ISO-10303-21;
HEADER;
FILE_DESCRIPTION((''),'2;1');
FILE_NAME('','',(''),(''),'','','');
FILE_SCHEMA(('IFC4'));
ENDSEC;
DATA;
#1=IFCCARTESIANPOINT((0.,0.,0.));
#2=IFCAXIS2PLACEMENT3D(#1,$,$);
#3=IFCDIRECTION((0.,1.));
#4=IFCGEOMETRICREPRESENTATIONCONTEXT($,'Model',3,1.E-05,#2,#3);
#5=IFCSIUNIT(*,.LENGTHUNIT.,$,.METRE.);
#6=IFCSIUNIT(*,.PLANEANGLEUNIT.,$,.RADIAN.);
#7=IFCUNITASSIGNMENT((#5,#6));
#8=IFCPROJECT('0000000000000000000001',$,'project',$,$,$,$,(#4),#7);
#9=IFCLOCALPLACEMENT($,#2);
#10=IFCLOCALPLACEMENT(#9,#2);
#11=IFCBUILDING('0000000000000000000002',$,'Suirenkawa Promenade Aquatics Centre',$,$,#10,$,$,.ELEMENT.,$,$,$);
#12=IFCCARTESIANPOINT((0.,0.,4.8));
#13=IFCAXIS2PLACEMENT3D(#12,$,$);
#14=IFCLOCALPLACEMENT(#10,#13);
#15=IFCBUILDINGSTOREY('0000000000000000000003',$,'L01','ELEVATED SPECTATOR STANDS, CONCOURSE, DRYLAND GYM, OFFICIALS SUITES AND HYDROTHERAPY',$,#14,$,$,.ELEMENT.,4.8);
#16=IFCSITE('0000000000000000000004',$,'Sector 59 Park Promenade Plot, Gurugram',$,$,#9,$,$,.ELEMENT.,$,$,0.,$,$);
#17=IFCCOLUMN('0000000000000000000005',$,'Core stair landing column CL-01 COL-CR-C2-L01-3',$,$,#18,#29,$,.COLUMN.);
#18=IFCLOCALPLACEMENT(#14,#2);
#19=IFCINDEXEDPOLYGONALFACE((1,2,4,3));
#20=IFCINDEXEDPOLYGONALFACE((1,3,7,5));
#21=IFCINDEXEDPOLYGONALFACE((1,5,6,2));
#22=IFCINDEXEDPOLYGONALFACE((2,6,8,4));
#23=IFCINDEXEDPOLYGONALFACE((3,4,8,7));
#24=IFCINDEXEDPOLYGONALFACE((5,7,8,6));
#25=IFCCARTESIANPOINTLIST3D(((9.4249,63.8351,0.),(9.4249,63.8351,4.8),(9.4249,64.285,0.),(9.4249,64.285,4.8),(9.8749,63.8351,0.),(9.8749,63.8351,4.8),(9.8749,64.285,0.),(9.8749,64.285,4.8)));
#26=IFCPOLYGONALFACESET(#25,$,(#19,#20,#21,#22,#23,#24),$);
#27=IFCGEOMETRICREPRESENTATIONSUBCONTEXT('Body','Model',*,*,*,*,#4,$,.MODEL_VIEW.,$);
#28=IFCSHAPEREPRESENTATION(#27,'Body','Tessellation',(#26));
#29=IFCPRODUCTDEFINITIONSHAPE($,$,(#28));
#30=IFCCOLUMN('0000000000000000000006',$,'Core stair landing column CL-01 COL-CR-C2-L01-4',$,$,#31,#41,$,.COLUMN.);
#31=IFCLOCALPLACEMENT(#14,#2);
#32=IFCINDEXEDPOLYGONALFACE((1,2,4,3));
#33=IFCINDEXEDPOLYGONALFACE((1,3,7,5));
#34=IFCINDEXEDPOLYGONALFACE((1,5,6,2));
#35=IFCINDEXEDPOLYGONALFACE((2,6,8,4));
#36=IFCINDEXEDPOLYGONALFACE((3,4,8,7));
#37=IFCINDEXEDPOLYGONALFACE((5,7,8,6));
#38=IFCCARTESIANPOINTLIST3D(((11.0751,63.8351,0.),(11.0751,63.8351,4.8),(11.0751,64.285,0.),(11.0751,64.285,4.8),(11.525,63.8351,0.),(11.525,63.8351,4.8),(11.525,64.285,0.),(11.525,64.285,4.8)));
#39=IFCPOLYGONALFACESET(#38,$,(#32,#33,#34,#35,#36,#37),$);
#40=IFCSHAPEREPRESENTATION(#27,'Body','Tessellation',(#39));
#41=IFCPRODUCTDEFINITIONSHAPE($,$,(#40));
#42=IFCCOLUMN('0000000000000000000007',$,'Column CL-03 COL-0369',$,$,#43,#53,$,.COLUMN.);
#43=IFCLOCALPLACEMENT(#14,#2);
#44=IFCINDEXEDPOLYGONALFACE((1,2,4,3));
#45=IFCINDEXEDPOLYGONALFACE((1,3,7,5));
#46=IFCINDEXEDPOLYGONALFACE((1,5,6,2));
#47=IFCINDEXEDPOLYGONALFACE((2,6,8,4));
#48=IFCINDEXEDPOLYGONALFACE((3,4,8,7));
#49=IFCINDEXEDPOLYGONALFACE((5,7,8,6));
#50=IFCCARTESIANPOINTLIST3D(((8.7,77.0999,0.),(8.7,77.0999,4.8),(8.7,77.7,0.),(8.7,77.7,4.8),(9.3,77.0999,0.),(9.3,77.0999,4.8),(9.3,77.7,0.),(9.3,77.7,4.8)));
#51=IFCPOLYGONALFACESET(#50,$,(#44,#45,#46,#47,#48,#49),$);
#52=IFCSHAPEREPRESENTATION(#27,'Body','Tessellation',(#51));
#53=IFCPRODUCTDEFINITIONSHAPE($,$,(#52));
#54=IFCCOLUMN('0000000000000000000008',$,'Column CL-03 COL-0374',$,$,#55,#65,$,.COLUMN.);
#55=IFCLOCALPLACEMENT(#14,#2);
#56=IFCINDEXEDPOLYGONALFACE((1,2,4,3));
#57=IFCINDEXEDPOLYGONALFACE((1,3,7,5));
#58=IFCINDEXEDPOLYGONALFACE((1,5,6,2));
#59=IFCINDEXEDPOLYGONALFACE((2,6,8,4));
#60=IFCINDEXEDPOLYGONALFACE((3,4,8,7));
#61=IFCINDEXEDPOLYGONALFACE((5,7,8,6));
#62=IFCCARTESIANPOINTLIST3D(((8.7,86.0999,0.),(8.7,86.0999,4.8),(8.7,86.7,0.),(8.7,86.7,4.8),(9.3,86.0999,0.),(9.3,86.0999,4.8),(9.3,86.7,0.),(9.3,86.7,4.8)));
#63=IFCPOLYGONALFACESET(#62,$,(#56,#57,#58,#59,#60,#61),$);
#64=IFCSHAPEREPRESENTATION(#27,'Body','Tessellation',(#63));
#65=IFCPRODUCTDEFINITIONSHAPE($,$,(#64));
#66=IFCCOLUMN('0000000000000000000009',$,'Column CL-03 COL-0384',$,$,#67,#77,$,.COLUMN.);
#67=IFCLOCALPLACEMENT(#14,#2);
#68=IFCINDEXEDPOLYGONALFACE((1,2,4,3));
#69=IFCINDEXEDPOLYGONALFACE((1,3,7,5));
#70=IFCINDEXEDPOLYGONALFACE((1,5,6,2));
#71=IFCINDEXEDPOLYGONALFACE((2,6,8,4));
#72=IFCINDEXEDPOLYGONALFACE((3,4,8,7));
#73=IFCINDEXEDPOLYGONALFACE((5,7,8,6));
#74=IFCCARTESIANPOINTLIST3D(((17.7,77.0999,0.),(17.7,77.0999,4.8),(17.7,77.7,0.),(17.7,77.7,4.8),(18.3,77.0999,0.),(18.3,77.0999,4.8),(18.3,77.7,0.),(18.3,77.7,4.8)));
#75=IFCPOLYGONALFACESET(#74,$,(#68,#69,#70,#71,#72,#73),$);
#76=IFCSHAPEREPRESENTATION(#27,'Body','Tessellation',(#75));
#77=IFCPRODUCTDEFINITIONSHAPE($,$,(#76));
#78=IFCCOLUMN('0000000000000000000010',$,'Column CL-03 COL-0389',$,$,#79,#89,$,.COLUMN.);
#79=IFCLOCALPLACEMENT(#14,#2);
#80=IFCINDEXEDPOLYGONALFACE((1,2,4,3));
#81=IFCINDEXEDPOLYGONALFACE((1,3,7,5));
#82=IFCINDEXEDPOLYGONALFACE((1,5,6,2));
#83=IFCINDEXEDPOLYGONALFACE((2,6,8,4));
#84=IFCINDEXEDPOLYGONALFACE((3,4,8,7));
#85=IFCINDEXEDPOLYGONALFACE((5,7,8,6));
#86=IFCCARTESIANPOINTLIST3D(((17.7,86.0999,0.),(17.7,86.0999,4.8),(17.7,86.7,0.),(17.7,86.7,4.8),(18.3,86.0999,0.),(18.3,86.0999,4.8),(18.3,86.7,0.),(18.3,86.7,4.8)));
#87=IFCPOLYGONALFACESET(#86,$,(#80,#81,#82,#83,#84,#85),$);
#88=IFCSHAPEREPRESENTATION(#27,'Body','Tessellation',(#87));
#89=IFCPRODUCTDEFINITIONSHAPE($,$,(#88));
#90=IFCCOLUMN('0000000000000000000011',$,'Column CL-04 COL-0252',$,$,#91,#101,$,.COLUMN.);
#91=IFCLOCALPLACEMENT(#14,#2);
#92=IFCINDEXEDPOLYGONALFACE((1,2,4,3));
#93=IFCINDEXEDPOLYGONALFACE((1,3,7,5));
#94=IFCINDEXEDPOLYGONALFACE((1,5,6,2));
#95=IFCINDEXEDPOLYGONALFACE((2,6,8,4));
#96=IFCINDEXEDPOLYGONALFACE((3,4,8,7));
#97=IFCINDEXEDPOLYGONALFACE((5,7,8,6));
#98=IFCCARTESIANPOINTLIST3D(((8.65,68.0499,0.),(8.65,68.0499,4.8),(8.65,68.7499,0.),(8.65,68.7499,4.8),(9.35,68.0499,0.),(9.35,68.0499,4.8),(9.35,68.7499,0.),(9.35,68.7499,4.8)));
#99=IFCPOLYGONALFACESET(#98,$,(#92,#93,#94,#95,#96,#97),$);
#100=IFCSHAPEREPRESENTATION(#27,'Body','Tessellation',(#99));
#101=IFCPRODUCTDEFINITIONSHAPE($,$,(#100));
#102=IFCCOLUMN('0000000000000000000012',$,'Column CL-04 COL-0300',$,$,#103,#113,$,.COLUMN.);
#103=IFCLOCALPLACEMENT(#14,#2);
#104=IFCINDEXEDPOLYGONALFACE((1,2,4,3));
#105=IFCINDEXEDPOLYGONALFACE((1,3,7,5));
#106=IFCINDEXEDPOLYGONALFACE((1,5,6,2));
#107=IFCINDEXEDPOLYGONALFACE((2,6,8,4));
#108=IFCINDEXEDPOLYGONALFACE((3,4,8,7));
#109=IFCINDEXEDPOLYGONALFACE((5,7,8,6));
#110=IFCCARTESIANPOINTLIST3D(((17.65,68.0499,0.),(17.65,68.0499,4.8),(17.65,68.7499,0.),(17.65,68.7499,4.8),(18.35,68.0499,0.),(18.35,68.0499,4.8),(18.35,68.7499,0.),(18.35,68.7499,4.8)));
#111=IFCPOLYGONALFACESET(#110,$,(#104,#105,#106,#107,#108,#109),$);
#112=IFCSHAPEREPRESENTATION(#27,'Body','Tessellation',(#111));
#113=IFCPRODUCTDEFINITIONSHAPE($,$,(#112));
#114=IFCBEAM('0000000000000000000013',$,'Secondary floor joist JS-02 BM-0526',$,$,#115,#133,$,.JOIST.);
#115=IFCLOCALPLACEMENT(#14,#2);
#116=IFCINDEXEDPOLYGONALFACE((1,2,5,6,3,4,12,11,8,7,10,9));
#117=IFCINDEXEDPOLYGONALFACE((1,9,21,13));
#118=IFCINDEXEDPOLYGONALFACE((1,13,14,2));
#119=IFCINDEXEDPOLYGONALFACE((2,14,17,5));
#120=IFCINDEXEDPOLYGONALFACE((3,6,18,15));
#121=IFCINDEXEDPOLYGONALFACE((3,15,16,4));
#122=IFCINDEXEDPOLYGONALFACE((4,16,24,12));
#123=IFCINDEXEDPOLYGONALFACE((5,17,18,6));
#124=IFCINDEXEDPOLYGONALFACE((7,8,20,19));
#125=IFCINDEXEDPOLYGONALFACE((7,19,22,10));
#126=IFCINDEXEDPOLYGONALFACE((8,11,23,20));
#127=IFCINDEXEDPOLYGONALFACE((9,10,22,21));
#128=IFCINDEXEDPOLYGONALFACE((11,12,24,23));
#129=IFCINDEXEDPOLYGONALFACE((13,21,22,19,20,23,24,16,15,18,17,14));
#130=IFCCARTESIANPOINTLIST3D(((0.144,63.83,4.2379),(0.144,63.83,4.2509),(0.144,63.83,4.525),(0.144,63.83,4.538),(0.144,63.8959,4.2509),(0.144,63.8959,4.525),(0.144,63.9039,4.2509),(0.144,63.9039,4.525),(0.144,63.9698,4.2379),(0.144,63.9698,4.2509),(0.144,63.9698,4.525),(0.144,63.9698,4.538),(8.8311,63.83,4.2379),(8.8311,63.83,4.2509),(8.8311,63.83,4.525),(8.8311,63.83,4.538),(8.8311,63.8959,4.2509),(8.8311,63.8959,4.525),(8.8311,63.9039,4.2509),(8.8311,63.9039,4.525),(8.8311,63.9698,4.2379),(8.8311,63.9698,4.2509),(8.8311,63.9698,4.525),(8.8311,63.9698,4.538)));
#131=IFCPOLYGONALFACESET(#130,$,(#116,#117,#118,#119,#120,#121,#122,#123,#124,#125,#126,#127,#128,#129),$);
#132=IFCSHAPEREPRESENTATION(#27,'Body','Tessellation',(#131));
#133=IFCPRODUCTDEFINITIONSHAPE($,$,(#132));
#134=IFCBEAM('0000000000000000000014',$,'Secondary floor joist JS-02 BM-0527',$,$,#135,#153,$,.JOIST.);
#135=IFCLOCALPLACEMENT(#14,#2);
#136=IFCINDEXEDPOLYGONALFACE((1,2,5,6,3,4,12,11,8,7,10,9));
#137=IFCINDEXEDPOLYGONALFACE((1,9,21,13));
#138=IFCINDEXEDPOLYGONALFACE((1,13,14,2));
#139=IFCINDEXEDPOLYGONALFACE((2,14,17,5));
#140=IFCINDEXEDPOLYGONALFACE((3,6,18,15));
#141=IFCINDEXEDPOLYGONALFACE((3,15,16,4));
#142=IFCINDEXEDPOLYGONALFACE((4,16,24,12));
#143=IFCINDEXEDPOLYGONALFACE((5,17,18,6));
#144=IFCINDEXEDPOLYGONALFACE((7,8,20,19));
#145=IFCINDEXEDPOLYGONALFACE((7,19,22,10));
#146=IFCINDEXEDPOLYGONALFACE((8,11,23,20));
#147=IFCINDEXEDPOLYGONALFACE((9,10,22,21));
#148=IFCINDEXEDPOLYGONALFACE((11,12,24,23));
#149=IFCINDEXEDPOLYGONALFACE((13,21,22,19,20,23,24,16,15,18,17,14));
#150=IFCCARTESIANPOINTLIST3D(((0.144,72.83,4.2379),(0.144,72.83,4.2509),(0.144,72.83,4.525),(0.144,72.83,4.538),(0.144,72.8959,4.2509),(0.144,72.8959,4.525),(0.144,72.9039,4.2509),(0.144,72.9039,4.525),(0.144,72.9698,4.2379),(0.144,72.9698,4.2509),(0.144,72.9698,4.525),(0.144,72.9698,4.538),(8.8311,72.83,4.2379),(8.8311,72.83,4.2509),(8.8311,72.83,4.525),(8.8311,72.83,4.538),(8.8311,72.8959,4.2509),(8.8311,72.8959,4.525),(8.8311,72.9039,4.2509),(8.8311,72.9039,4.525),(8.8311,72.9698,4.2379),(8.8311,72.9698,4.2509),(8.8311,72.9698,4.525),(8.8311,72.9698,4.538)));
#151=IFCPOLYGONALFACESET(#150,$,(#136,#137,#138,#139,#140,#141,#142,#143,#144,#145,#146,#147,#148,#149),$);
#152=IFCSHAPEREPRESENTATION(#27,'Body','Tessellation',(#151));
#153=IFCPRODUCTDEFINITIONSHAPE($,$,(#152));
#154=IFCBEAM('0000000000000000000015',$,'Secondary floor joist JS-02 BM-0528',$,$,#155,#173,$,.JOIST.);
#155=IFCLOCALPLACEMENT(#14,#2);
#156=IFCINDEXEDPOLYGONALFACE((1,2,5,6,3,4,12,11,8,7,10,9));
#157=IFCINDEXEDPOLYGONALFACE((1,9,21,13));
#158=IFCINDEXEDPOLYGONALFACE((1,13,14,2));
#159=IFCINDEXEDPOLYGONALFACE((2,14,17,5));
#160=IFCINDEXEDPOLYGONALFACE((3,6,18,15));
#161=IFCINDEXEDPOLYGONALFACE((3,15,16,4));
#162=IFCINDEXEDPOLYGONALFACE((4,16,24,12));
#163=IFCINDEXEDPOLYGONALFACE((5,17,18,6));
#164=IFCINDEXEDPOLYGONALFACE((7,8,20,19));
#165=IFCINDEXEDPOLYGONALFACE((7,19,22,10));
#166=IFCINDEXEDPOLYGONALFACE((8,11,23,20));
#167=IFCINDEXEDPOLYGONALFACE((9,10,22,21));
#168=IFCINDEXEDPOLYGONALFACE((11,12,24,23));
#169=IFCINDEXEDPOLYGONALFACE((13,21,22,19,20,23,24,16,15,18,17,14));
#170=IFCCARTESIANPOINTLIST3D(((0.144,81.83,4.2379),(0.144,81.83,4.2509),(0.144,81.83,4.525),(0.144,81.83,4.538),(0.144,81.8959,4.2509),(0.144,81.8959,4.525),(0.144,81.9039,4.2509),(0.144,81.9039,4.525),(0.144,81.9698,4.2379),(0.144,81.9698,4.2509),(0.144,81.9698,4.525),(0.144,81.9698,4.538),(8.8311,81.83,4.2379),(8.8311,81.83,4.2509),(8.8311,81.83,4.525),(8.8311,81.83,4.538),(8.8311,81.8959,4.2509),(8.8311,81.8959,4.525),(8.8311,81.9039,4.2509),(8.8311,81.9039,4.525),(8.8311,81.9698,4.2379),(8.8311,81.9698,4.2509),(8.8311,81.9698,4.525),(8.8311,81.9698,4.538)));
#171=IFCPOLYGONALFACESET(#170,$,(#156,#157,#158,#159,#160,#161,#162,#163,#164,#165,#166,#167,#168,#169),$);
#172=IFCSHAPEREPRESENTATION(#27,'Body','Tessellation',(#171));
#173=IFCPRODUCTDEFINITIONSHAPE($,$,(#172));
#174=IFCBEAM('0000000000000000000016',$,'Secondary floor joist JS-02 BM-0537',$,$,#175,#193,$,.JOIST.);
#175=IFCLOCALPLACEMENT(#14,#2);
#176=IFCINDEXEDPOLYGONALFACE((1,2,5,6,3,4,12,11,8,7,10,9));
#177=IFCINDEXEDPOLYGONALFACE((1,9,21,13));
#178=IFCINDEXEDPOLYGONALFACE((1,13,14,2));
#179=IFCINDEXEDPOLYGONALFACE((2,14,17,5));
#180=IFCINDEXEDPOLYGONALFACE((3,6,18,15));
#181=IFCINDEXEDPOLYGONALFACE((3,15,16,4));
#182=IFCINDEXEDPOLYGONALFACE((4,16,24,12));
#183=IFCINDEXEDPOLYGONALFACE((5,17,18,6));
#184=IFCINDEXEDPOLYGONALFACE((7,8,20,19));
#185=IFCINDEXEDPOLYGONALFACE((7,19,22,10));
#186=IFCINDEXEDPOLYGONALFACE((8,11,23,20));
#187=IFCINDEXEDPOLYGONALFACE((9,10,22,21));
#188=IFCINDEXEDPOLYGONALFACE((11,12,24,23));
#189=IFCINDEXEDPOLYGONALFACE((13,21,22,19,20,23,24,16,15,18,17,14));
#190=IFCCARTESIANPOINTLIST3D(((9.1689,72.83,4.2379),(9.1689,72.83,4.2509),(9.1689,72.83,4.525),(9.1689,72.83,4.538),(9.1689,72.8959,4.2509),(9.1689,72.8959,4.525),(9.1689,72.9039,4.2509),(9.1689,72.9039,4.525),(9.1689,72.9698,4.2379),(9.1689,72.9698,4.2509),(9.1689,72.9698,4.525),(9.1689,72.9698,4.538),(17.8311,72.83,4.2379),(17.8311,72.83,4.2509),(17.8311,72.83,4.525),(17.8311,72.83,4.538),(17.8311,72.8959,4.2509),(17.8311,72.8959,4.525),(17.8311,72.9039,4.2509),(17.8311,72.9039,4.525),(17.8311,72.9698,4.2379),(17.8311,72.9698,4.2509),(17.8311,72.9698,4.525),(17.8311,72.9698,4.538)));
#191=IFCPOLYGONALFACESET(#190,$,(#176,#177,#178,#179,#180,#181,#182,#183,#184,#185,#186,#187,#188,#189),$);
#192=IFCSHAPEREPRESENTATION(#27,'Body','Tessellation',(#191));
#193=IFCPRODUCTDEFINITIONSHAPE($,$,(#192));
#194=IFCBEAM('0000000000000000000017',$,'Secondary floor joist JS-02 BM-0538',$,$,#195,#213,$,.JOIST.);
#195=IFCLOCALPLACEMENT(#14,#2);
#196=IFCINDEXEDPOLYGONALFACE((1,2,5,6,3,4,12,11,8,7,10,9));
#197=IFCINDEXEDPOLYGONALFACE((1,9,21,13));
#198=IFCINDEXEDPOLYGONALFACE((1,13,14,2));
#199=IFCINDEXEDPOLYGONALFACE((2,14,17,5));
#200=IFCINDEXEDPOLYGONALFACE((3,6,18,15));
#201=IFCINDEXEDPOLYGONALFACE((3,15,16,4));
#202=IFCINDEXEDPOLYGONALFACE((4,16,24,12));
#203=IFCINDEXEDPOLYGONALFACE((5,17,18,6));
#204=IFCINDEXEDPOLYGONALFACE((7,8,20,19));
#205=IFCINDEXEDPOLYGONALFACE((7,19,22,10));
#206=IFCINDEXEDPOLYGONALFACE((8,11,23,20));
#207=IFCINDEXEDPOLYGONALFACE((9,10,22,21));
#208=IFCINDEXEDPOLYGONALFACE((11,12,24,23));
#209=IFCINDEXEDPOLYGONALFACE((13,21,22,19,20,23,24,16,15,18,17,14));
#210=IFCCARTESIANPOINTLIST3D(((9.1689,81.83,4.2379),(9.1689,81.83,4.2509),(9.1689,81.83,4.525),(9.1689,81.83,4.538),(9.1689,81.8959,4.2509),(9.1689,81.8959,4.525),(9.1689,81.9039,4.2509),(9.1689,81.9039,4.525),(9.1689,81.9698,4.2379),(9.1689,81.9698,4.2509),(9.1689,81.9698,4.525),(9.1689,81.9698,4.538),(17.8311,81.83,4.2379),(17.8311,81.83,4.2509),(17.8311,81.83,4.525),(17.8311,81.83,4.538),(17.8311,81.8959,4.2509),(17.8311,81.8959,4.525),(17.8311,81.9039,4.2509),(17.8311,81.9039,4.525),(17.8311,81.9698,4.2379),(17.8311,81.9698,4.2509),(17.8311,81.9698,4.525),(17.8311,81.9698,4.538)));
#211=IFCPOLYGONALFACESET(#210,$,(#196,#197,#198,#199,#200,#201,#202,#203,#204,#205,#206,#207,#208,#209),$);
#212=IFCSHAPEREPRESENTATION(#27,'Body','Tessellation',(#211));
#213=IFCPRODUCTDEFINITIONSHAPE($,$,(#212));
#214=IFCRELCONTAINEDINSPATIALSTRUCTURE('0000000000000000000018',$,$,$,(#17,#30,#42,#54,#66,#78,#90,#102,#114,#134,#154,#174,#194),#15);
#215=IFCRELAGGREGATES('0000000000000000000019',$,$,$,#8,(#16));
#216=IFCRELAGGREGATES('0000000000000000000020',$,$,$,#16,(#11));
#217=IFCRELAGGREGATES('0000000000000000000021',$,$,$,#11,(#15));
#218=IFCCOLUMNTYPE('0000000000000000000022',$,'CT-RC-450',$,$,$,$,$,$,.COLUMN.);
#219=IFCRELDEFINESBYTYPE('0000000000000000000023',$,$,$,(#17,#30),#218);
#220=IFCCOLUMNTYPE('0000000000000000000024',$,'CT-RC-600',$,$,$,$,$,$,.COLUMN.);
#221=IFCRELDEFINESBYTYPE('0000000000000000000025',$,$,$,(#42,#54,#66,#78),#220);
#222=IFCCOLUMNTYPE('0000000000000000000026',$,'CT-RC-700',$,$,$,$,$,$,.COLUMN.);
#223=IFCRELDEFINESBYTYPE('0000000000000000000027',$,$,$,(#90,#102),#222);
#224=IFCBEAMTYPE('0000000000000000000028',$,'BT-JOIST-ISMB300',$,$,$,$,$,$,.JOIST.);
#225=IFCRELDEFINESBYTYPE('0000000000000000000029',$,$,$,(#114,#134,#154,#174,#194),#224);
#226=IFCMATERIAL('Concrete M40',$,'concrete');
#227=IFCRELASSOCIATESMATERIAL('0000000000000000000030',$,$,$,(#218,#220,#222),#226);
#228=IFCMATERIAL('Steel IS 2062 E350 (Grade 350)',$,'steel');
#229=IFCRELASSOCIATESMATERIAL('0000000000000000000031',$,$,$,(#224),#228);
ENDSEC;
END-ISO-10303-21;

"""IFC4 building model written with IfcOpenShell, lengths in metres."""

from ifc_helpers import new_model, si_unit, direction, frame, origin, origin_2d, place, context, subcontext, project, spatial, rectangle, i_section, extrude, material, material_profile, profile_set, type_object, element, save


model = new_model("IFC4")

# Units and contexts
model_context = context("Model", 3, precision=1e-05, world=origin(), true_north=direction((0.0, 1.0)))
body_context = subcontext(model_context, "Body", "Model", "MODEL_VIEW")
ifc_project = project(units=[si_unit("LENGTHUNIT", "METRE"), si_unit("PLANEANGLEUNIT", "RADIAN")], contexts=[model_context])

# Site, building, storey
site_placement = place(None, origin())
site = spatial("IfcSite", under=ifc_project, at=site_placement, Name="Sector 59 Park Promenade Plot, Gurugram", CompositionType="ELEMENT", RefElevation=0.0)
building_placement = place(site_placement, origin())
building = spatial("IfcBuilding", under=site, at=building_placement, Name="Suirenkawa Promenade Aquatics Centre", CompositionType="ELEMENT")
storey_placement = place(building_placement, frame((0.0, 0.0, 4.8)))
storey = spatial("IfcBuildingStorey", under=building, at=storey_placement, Name="L01", Description="ELEVATED SPECTATOR STANDS, CONCOURSE, DRYLAND GYM, OFFICIALS SUITES AND HYDROTHERAPY", CompositionType="ELEMENT", Elevation=4.8)

# Columns
ifc_material_1 = material(Name="Concrete M40", Category="concrete")
ifc_material_profile_1 = material_profile(ifc_material_1, rectangle(XDim=0.45, YDim=0.45, at=origin_2d()), Name="RC COL 450x450", Category="concrete")
ifc_profile_set_1 = profile_set([ifc_material_profile_1], Name="Concrete M40")
column_type_1 = type_object("IfcColumnType", Name="CT-RC-450", PredefinedType="COLUMN", material=ifc_profile_set_1)
for number, where, z_axis, x_axis, name in (
    (1, (9.6499, 64.0601, 0.0), (0.0, 0.0, 1.0), (1.0, 0.0, 0.0), "Core stair landing column CL-01 COL-CR-C2-L01-3"),
    (2, (11.3, 64.0601, 0.0), (0.0, 0.0, 1.0), (1.0, 0.0, 0.0), "Core stair landing column CL-01 COL-CR-C2-L01-4"),
):
    element("IfcColumn", number, at=place(storey_placement, frame(where, z_axis=z_axis, x_axis=x_axis)), inside=storey, type_object=column_type_1, Name=name, PredefinedType="COLUMN", context=body_context, shape_type="SweptSolid", body=[
        extrude(rectangle(XDim=0.45, YDim=0.45, at=origin_2d()), origin(), (0.0, 0.0, 1.0), 4.8),
    ])
ifc_material_profile_2 = material_profile(ifc_material_1, rectangle(XDim=0.6001, YDim=0.6001, at=origin_2d()), Name="RC COL 600x600", Category="concrete")
ifc_profile_set_2 = profile_set([ifc_material_profile_2], Name="Concrete M40")
column_type_2 = type_object("IfcColumnType", Name="CT-RC-600", PredefinedType="COLUMN", material=ifc_profile_set_2)
for number, where, z_axis, x_axis, name in (
    (3, (9.0, 77.3999, 0.0), (0.0, 0.0, 1.0), (1.0, 0.0, 0.0), "Column CL-03 COL-0369"),
    (4, (9.0, 86.3999, 0.0), (0.0, 0.0, 1.0), (1.0, 0.0, 0.0), "Column CL-03 COL-0374"),
    (5, (18.0, 77.3999, 0.0), (0.0, 0.0, 1.0), (1.0, 0.0, 0.0), "Column CL-03 COL-0384"),
    (6, (18.0, 86.3999, 0.0), (0.0, 0.0, 1.0), (1.0, 0.0, 0.0), "Column CL-03 COL-0389"),
):
    element("IfcColumn", number, at=place(storey_placement, frame(where, z_axis=z_axis, x_axis=x_axis)), inside=storey, type_object=column_type_2, Name=name, PredefinedType="COLUMN", context=body_context, shape_type="SweptSolid", body=[
        extrude(rectangle(XDim=0.6001, YDim=0.6001, at=origin_2d()), origin(), (0.0, 0.0, 1.0), 4.8),
    ])
ifc_material_profile_3 = material_profile(ifc_material_1, rectangle(XDim=0.7, YDim=0.7, at=origin_2d()), Name="RC COL 700x700", Category="concrete")
ifc_profile_set_3 = profile_set([ifc_material_profile_3], Name="Concrete M40")
column_type_3 = type_object("IfcColumnType", Name="CT-RC-700", PredefinedType="COLUMN", material=ifc_profile_set_3)
for number, where, z_axis, x_axis, name in (
    (7, (9.0, 68.3999, 0.0), (0.0, 0.0, 1.0), (1.0, 0.0, 0.0), "Column CL-04 COL-0252"),
    (8, (18.0, 68.3999, 0.0), (0.0, 0.0, 1.0), (1.0, 0.0, 0.0), "Column CL-04 COL-0300"),
):
    element("IfcColumn", number, at=place(storey_placement, frame(where, z_axis=z_axis, x_axis=x_axis)), inside=storey, type_object=column_type_3, Name=name, PredefinedType="COLUMN", context=body_context, shape_type="SweptSolid", body=[
        extrude(rectangle(XDim=0.7, YDim=0.7, at=origin_2d()), origin(), (0.0, 0.0, 1.0), 4.8),
    ])

# Beams
ifc_material_2 = material(Name="Steel IS 2062 E350 (Grade 350)", Category="steel")
ifc_material_profile_4 = material_profile(ifc_material_2, i_section(OverallWidth=0.1399, OverallDepth=0.3, WebThickness=0.0081, FlangeThickness=0.0129, at=origin_2d()), Name="ISMB 300", Category="steel")
ifc_profile_set_4 = profile_set([ifc_material_profile_4], Name="Steel IS 2062 E350 (Grade 350)")
beam_type_1 = type_object("IfcBeamType", Name="BT-JOIST-ISMB300", PredefinedType="JOIST", material=ifc_profile_set_4)
for number, where, z_axis, x_axis, name in (
    (9, (0.144, 63.8999, 4.3879), (1.0, 0.0, 0.0), (0.0, 1.0, 0.0), "Secondary floor joist JS-02 BM-0526"),
    (10, (0.144, 72.8999, 4.3879), (1.0, 0.0, 0.0), (0.0, 1.0, 0.0), "Secondary floor joist JS-02 BM-0527"),
    (11, (0.144, 81.8999, 4.3879), (1.0, 0.0, 0.0), (0.0, 1.0, 0.0), "Secondary floor joist JS-02 BM-0528"),
):
    element("IfcBeam", number, at=place(storey_placement, frame(where, z_axis=z_axis, x_axis=x_axis)), inside=storey, type_object=beam_type_1, Name=name, PredefinedType="JOIST", context=body_context, shape_type="SweptSolid", body=[
        extrude(i_section(OverallWidth=0.1399, OverallDepth=0.3, WebThickness=0.0081, FlangeThickness=0.0129, at=origin_2d()), origin(), (0.0, 0.0, 1.0), 8.687),
    ])
for number, where, z_axis, x_axis, name in (
    (12, (9.1689, 72.8999, 4.3879), (1.0, 0.0, 0.0), (0.0, 1.0, 0.0), "Secondary floor joist JS-02 BM-0537"),
    (13, (9.1689, 81.8999, 4.3879), (1.0, 0.0, 0.0), (0.0, 1.0, 0.0), "Secondary floor joist JS-02 BM-0538"),
):
    element("IfcBeam", number, at=place(storey_placement, frame(where, z_axis=z_axis, x_axis=x_axis)), inside=storey, type_object=beam_type_1, Name=name, PredefinedType="JOIST", context=body_context, shape_type="SweptSolid", body=[
        extrude(i_section(OverallWidth=0.1399, OverallDepth=0.3, WebThickness=0.0081, FlangeThickness=0.0129, at=origin_2d()), origin(), (0.0, 0.0, 1.0), 8.6621),
    ])

save(model, "model.ifc")
